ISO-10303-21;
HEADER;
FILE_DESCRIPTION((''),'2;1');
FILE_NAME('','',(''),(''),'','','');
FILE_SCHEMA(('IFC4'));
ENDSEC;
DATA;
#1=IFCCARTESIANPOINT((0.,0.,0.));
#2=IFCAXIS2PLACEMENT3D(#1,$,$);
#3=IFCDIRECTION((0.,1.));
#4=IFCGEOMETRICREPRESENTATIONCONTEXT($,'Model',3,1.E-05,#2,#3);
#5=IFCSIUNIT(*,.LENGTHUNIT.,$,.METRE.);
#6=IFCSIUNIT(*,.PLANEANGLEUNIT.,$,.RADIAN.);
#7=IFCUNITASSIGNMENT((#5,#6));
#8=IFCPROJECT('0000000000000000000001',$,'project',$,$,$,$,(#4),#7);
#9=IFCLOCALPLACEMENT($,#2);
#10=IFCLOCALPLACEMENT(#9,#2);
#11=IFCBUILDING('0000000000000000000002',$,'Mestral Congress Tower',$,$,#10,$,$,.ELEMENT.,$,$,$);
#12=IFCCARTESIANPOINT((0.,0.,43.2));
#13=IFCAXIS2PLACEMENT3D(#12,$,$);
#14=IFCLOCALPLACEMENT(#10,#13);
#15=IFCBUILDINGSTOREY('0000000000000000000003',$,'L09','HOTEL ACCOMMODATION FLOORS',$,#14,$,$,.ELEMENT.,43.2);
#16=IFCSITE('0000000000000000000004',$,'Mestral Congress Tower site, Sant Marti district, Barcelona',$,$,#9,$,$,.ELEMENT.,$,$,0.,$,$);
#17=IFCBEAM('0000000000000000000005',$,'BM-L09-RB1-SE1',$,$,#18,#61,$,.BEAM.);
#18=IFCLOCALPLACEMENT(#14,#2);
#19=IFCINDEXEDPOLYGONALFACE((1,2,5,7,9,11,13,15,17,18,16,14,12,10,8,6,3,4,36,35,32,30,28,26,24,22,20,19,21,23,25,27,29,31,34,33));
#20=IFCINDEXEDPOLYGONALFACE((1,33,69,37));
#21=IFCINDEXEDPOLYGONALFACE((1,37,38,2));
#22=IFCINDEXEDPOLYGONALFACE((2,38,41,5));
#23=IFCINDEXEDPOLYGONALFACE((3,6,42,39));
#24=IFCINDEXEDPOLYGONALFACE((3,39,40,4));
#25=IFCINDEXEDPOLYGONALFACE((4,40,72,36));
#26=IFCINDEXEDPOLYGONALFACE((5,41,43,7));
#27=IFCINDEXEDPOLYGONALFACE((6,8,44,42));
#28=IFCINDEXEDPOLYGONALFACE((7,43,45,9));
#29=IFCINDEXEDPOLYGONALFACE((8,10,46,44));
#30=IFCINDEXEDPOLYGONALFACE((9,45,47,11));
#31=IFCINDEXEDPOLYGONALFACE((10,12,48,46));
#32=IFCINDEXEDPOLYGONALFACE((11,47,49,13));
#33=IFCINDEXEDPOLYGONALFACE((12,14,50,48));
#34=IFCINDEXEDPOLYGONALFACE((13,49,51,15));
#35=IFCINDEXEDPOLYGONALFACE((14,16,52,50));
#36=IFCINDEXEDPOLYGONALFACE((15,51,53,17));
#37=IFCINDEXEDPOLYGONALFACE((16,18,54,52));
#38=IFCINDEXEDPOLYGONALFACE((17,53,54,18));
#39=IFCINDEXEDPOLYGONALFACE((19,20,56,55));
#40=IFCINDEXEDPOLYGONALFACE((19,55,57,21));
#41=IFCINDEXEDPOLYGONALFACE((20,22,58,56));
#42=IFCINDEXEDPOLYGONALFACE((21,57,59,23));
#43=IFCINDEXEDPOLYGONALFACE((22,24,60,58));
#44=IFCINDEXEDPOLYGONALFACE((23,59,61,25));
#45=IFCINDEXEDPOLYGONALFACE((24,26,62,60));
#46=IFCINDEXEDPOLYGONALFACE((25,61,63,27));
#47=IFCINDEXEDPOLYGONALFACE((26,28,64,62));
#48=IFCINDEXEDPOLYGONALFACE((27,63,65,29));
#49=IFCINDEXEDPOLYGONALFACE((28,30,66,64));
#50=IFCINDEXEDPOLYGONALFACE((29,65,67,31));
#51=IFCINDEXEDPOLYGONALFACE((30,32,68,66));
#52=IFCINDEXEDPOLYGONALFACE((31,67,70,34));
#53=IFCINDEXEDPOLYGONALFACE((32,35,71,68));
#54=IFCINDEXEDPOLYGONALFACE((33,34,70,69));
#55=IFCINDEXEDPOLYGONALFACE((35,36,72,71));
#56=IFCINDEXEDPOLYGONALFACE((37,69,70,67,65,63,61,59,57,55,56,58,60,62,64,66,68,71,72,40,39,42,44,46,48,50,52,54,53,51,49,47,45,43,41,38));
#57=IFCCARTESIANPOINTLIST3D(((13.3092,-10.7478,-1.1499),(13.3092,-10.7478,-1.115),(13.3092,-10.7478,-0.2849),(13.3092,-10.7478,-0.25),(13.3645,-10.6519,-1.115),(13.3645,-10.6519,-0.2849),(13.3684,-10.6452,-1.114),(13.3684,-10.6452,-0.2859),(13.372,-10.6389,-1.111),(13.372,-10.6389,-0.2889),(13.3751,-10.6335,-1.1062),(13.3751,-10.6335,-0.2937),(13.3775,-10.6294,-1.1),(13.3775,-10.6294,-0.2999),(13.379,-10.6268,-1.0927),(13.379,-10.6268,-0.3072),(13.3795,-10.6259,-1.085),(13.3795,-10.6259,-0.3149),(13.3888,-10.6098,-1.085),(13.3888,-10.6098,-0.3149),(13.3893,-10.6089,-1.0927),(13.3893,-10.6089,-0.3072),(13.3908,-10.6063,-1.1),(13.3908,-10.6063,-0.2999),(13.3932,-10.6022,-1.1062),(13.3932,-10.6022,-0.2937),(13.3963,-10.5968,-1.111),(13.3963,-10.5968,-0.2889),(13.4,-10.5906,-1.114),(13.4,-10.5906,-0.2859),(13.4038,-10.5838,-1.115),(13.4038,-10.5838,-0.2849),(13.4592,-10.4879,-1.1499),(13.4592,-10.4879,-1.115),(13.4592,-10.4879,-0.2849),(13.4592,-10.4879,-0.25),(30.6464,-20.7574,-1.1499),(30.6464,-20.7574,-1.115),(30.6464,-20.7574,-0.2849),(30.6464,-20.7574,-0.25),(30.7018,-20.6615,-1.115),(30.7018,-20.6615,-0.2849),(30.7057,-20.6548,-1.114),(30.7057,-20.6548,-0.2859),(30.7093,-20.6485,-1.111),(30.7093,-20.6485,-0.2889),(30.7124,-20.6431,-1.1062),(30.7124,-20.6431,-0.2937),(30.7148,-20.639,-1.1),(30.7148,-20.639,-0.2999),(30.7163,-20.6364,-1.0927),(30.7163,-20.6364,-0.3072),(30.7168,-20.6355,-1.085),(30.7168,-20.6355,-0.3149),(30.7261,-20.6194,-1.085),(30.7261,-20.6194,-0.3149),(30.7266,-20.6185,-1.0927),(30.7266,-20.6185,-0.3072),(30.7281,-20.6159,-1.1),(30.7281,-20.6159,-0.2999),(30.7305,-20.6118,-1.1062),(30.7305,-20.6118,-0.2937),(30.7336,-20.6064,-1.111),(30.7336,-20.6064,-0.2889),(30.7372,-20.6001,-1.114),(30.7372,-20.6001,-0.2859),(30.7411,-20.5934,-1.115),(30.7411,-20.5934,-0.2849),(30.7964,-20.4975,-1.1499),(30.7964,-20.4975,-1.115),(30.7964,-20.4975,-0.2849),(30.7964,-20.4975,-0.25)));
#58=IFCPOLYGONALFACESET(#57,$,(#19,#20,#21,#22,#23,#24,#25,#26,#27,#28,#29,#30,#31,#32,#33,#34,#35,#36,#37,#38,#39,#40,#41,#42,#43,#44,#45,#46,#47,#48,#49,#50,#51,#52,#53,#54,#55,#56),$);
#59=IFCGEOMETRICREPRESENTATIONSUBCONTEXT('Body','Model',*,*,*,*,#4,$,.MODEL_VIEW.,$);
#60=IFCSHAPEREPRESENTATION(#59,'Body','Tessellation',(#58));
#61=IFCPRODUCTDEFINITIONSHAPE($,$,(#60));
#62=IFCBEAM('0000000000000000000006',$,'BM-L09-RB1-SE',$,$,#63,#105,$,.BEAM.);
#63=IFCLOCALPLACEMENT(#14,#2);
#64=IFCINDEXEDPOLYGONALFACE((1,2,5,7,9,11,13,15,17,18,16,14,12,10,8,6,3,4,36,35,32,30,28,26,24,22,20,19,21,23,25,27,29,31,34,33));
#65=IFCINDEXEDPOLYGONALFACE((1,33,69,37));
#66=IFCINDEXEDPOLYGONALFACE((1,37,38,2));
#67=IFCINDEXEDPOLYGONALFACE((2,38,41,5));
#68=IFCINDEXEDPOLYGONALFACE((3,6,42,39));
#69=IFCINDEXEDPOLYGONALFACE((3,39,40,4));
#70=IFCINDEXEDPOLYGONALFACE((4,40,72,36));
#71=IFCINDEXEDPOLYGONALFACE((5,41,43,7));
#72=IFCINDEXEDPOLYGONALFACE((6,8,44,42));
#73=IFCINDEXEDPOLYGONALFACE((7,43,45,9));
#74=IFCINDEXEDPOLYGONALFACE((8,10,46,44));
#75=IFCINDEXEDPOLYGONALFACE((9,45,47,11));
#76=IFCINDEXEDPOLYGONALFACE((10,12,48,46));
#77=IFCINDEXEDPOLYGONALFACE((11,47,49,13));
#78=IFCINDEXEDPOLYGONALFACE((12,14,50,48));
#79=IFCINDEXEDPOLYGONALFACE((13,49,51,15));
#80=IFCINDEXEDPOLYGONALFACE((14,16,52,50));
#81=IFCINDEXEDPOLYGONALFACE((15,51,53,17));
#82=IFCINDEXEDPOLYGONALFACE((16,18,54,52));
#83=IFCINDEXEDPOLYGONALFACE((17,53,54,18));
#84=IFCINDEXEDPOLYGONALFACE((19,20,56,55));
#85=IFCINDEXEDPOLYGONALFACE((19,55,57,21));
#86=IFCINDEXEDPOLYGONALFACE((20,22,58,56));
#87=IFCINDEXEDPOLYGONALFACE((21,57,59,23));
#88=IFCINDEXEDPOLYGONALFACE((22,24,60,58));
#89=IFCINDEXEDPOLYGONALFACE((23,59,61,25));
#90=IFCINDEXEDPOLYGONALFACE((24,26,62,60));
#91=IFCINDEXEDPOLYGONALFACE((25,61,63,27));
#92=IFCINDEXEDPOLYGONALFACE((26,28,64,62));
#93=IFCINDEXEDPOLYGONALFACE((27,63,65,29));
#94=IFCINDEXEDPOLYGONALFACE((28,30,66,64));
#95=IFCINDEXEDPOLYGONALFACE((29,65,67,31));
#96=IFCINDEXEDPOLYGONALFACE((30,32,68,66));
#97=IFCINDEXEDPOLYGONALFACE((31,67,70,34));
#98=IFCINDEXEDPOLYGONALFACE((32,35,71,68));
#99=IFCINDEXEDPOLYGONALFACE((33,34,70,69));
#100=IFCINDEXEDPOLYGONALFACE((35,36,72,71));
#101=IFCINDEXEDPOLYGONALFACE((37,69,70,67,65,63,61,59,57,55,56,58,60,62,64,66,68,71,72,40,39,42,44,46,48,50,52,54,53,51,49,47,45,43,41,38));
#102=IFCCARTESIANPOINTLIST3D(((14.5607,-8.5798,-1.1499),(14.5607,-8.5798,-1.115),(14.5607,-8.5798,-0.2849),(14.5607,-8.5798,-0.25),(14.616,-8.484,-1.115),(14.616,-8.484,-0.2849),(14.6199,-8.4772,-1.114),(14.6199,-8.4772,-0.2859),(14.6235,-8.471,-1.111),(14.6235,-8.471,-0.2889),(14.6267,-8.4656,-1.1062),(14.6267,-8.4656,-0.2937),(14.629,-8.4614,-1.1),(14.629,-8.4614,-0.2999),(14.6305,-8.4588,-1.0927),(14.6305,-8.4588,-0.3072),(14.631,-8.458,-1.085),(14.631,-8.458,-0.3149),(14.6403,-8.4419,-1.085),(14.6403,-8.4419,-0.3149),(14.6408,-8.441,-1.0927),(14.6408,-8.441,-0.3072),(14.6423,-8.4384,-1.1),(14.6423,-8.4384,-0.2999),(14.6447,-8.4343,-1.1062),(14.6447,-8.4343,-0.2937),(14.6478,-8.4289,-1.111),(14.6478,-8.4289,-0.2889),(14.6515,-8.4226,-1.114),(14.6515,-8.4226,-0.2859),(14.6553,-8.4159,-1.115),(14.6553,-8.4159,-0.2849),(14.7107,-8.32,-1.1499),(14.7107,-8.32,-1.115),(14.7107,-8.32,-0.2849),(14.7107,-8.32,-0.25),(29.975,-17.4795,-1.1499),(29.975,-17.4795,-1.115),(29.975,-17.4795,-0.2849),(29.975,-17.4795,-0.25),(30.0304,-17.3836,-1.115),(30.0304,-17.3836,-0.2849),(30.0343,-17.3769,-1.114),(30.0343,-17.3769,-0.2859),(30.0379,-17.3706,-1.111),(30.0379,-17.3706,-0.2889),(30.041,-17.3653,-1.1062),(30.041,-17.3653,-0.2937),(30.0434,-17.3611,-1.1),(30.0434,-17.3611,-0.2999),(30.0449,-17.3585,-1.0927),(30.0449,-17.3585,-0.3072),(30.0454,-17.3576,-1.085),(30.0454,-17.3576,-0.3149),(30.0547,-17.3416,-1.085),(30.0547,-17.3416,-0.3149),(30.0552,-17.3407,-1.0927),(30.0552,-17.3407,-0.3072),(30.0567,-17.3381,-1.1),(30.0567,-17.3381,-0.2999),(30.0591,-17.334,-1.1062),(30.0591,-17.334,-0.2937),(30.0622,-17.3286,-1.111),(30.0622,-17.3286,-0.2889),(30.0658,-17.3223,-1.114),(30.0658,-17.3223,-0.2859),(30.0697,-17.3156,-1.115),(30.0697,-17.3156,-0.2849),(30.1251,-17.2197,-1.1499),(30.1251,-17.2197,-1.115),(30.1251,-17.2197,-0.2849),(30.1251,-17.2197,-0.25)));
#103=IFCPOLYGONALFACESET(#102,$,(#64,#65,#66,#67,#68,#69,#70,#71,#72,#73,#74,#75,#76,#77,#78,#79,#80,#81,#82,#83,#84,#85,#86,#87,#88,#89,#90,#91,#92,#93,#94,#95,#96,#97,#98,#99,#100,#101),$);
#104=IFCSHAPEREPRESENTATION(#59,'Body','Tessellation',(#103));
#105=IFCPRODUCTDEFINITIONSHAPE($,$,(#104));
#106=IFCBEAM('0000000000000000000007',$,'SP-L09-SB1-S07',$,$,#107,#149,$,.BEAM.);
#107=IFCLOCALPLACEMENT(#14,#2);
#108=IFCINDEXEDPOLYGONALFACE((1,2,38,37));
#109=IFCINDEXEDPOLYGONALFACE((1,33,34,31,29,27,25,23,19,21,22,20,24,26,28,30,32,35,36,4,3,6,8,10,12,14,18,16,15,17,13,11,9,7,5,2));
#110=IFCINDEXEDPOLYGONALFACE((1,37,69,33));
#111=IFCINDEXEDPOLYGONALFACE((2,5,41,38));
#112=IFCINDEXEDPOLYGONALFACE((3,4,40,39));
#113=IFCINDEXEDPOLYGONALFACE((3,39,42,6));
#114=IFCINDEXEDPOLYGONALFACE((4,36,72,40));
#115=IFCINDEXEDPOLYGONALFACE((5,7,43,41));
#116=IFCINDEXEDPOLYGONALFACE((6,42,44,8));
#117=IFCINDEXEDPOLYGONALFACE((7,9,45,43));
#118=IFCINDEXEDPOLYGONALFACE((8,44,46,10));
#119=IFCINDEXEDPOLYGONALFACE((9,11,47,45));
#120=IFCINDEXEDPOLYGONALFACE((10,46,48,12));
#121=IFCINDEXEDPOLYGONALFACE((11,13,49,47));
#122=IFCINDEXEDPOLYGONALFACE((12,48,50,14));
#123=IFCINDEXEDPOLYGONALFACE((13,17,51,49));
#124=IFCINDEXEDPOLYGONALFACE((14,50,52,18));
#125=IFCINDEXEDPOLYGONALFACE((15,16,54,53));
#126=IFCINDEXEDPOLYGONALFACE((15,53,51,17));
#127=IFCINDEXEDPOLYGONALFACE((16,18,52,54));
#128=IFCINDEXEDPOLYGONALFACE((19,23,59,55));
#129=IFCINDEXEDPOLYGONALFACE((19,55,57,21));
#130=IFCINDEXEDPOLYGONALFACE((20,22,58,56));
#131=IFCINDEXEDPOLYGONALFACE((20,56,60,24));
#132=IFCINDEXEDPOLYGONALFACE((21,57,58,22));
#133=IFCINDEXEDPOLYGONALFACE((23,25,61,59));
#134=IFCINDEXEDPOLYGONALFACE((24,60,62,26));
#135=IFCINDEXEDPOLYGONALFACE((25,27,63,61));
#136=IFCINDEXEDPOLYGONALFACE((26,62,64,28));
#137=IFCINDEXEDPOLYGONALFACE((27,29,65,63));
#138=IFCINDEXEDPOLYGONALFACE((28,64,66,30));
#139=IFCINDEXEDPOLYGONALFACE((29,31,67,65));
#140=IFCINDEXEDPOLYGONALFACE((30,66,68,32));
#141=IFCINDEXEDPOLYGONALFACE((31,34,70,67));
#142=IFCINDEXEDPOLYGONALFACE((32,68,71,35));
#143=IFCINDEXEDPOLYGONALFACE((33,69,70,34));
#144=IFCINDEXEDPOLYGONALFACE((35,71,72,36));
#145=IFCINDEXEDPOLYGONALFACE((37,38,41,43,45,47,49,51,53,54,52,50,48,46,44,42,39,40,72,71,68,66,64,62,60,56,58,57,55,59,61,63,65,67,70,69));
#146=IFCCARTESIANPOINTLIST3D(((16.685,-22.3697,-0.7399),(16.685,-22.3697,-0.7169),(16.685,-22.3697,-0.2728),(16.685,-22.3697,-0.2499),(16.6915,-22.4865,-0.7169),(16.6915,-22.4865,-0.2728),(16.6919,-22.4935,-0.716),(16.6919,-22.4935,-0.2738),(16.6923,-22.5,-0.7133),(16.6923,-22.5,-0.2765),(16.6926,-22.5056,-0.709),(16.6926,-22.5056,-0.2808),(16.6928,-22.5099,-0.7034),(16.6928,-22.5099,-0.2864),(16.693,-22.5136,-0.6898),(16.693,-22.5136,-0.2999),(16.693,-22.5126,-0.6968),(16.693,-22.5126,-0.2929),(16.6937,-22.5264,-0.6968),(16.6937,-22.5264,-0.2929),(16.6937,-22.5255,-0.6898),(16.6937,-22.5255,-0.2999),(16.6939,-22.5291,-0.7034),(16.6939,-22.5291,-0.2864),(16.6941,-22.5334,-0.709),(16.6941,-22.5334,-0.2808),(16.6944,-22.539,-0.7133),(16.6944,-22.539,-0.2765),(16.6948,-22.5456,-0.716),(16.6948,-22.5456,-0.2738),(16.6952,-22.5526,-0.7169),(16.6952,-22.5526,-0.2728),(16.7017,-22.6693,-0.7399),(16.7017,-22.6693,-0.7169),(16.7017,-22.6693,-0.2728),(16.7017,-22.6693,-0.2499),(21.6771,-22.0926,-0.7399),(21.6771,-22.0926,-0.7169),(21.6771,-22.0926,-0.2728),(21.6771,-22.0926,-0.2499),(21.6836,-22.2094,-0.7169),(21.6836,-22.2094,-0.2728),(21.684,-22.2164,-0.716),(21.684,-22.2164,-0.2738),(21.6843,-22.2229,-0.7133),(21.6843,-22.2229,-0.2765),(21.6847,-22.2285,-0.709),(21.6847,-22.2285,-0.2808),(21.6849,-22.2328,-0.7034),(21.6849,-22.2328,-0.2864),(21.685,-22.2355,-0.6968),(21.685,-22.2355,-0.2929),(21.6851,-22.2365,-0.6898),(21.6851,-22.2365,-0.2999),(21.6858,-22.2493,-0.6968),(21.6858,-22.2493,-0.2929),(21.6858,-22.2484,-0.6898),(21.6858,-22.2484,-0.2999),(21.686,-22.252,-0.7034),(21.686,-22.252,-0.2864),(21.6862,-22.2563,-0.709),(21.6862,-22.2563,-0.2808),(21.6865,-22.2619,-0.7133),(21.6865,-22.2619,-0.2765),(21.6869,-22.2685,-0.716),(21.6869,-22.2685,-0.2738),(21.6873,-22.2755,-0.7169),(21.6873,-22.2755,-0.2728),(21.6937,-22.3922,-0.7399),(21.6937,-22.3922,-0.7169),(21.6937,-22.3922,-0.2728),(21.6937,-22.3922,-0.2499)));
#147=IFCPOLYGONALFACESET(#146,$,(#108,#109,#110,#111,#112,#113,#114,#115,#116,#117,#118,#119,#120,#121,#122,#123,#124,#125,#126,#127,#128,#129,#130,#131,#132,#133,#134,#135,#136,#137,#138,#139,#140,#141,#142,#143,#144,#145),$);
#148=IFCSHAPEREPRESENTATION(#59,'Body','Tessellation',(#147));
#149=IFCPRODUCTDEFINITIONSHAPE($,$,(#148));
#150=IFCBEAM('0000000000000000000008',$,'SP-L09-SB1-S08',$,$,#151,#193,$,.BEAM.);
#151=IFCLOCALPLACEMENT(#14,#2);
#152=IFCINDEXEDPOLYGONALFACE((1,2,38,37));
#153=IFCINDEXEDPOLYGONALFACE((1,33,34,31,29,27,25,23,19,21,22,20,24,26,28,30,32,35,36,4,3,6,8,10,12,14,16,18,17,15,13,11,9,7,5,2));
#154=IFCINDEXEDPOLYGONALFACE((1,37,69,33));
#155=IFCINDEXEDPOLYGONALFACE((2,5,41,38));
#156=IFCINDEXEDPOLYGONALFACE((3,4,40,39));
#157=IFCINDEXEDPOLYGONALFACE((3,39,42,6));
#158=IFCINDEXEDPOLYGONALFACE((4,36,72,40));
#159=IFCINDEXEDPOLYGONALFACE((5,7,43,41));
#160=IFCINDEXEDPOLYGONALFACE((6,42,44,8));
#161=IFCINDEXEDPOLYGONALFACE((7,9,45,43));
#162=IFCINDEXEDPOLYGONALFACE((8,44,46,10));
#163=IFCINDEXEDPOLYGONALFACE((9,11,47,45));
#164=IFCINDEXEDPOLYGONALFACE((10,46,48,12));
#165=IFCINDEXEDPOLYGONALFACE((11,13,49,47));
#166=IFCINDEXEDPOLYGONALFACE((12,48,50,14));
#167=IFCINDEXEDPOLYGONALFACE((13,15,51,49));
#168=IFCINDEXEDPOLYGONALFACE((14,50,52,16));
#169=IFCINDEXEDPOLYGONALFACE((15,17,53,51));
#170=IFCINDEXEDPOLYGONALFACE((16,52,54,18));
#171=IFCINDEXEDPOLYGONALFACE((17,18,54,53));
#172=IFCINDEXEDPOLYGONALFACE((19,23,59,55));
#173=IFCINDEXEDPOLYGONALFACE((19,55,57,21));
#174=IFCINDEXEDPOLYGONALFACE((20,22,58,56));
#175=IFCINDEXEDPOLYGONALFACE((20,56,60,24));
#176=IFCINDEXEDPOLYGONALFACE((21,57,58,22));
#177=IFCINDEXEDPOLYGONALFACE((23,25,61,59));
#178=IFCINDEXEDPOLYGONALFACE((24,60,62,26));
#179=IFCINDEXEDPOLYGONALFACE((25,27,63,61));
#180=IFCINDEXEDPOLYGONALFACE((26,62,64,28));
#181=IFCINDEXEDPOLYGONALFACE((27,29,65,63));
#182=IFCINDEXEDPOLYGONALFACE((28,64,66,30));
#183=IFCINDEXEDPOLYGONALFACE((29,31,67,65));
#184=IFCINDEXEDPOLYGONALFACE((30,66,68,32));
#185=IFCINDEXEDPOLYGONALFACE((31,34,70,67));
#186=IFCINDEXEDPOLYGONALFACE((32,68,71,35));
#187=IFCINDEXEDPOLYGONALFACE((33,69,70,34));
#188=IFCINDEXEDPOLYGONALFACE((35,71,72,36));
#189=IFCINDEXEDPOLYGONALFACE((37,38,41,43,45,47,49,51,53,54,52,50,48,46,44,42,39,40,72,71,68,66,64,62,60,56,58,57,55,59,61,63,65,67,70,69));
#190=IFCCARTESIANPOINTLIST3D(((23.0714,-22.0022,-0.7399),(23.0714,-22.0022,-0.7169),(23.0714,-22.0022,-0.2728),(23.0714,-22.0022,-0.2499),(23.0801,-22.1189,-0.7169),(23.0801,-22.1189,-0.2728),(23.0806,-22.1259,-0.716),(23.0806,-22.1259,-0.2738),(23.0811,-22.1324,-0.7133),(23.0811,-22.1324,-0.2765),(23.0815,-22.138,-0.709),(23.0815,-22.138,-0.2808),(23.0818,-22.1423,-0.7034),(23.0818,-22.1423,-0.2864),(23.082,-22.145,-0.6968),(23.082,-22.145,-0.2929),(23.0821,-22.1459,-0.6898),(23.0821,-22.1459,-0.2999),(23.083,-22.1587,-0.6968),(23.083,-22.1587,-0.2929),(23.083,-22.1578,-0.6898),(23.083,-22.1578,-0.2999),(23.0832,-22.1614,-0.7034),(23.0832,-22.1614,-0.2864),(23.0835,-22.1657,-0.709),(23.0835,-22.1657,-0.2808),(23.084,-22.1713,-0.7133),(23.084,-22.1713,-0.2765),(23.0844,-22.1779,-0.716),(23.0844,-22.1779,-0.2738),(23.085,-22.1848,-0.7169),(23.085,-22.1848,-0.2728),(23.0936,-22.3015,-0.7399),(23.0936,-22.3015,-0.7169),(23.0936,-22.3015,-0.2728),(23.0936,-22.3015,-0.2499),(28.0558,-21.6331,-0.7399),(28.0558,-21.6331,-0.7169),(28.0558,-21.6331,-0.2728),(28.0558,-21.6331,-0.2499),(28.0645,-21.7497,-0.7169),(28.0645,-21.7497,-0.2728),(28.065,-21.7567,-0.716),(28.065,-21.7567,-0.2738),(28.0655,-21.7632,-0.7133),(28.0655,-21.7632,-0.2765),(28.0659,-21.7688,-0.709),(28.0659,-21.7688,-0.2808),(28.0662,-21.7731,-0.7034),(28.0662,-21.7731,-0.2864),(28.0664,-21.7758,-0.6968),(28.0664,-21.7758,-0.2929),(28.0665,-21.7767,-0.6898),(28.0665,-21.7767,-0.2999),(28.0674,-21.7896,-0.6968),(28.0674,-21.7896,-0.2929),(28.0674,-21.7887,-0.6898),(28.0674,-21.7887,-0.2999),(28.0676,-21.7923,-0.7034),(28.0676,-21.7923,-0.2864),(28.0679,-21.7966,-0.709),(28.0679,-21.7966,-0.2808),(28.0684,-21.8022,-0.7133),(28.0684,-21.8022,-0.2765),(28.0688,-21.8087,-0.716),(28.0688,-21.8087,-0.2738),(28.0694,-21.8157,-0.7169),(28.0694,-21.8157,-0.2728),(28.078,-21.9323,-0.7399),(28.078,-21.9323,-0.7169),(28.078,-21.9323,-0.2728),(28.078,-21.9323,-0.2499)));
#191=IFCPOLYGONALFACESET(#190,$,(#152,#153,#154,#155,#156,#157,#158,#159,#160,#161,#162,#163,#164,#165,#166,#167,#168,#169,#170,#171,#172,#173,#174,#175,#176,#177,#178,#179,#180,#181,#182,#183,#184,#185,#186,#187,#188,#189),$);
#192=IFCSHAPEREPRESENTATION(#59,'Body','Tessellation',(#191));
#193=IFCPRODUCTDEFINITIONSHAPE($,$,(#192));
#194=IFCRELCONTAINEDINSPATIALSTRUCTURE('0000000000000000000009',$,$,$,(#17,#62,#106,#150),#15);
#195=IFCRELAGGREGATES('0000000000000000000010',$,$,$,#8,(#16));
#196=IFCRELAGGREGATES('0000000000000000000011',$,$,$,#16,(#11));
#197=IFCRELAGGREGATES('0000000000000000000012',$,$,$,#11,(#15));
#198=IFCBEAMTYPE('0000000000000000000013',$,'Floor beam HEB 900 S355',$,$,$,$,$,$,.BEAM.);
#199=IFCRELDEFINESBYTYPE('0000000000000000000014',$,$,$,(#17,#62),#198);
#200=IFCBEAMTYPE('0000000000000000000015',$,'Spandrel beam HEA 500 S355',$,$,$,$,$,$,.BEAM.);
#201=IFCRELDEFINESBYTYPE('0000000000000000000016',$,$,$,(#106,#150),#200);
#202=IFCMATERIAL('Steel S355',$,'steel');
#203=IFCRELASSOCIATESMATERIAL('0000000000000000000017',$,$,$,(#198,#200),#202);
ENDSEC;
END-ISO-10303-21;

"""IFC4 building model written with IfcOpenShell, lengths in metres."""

from ifc_helpers import new_model, si_unit, direction, frame, origin, origin_2d, place, context, subcontext, project, spatial, i_section, extrude, material, material_profile, profile_set, type_object, element, save


model = new_model("IFC4")

# Units and contexts
model_context = context("Model", 3, precision=1e-05, world=origin(), true_north=direction((0.0, 1.0)))
body_context = subcontext(model_context, "Body", "Model", "MODEL_VIEW")
ifc_project = project(units=[si_unit("LENGTHUNIT", "METRE"), si_unit("PLANEANGLEUNIT", "RADIAN")], contexts=[model_context])

# Site, building, storey
site_placement = place(None, origin())
site = spatial("IfcSite", under=ifc_project, at=site_placement, Name="Mestral Congress Tower site, Sant Marti district, Barcelona", CompositionType="ELEMENT", RefElevation=0.0)
building_placement = place(site_placement, origin())
building = spatial("IfcBuilding", under=site, at=building_placement, Name="Mestral Congress Tower", CompositionType="ELEMENT")
storey_placement = place(building_placement, frame((0.0, 0.0, 43.2)))
storey = spatial("IfcBuildingStorey", under=building, at=storey_placement, Name="L09", Description="HOTEL ACCOMMODATION FLOORS", CompositionType="ELEMENT", Elevation=43.2)

# Beams
ifc_material_1 = material(Name="Steel S355", Category="steel")
ifc_material_profile_1 = material_profile(ifc_material_1, i_section(OverallWidth=0.3, OverallDepth=0.8999, WebThickness=0.0186, FlangeThickness=0.0349, FilletRadius=0.03, at=origin_2d()), Name="HEB 900")
ifc_profile_set_1 = profile_set([ifc_material_profile_1], Name="Steel S355")
beam_type_1 = type_object("IfcBeamType", Name="Floor beam HEB 900 S355", PredefinedType="BEAM", material=ifc_profile_set_1)
beam_1_placement = place(storey_placement, frame((30.7214, -20.6274, -0.7), z_axis=(-0.866027, 0.499997, 0.0), x_axis=(-0.499997, -0.866027, 0.0)))
element("IfcBeam", 1, at=beam_1_placement, inside=storey, type_object=beam_type_1, Name="BM-L09-RB1-SE1", PredefinedType="BEAM", context=body_context, shape_type="SweptSolid", body=[
    extrude(i_section(OverallWidth=0.3, OverallDepth=0.8999, WebThickness=0.0186, FlangeThickness=0.0349, FilletRadius=0.03, at=origin_2d()), origin(), (0.0, 0.0, 1.0), 20.0193),
])
beam_2_placement = place(storey_placement, frame((30.05, -17.3496, -0.7), z_axis=(-0.86602, 0.500009, 0.0), x_axis=(-0.500009, -0.86602, 0.0)))
element("IfcBeam", 2, at=beam_2_placement, inside=storey, type_object=beam_type_1, Name="BM-L09-RB1-SE", PredefinedType="BEAM", context=body_context, shape_type="SweptSolid", body=[
    extrude(i_section(OverallWidth=0.3, OverallDepth=0.8999, WebThickness=0.0186, FlangeThickness=0.0349, FilletRadius=0.03, at=origin_2d()), origin(), (0.0, 0.0, 1.0), 17.7991),
])
ifc_material_profile_2 = material_profile(ifc_material_1, i_section(OverallWidth=0.3, OverallDepth=0.49, WebThickness=0.012, FlangeThickness=0.0229, FilletRadius=0.0271, at=origin_2d()), Name="HEA 500")
ifc_profile_set_2 = profile_set([ifc_material_profile_2], Name="Steel S355")
beam_type_2 = type_object("IfcBeamType", Name="Spandrel beam HEA 500 S355", PredefinedType="BEAM", material=ifc_profile_set_2)
beam_3_placement = place(storey_placement, frame((16.6934, -22.5195, -0.4949), z_axis=(0.998463, 0.055421, 0.0), x_axis=(-0.055421, 0.998463, 0.0)))
element("IfcBeam", 3, at=beam_3_placement, inside=storey, type_object=beam_type_2, Name="SP-L09-SB1-S07", PredefinedType="BEAM", context=body_context, shape_type="SweptSolid", body=[
    extrude(i_section(OverallWidth=0.3, OverallDepth=0.49, WebThickness=0.012, FlangeThickness=0.0229, FilletRadius=0.0271, at=origin_2d()), origin(), (0.0, 0.0, 1.0), 4.9998),
])
beam_4_placement = place(storey_placement, frame((23.0825, -22.1519, -0.4949), z_axis=(0.997269, 0.073857, 0.0), x_axis=(-0.073857, 0.997269, 0.0)))
element("IfcBeam", 4, at=beam_4_placement, inside=storey, type_object=beam_type_2, Name="SP-L09-SB1-S08", PredefinedType="BEAM", context=body_context, shape_type="SweptSolid", body=[
    extrude(i_section(OverallWidth=0.3, OverallDepth=0.49, WebThickness=0.012, FlangeThickness=0.0229, FilletRadius=0.0271, at=origin_2d()), origin(), (0.0, 0.0, 1.0), 4.998),
])

save(model, "model.ifc")
